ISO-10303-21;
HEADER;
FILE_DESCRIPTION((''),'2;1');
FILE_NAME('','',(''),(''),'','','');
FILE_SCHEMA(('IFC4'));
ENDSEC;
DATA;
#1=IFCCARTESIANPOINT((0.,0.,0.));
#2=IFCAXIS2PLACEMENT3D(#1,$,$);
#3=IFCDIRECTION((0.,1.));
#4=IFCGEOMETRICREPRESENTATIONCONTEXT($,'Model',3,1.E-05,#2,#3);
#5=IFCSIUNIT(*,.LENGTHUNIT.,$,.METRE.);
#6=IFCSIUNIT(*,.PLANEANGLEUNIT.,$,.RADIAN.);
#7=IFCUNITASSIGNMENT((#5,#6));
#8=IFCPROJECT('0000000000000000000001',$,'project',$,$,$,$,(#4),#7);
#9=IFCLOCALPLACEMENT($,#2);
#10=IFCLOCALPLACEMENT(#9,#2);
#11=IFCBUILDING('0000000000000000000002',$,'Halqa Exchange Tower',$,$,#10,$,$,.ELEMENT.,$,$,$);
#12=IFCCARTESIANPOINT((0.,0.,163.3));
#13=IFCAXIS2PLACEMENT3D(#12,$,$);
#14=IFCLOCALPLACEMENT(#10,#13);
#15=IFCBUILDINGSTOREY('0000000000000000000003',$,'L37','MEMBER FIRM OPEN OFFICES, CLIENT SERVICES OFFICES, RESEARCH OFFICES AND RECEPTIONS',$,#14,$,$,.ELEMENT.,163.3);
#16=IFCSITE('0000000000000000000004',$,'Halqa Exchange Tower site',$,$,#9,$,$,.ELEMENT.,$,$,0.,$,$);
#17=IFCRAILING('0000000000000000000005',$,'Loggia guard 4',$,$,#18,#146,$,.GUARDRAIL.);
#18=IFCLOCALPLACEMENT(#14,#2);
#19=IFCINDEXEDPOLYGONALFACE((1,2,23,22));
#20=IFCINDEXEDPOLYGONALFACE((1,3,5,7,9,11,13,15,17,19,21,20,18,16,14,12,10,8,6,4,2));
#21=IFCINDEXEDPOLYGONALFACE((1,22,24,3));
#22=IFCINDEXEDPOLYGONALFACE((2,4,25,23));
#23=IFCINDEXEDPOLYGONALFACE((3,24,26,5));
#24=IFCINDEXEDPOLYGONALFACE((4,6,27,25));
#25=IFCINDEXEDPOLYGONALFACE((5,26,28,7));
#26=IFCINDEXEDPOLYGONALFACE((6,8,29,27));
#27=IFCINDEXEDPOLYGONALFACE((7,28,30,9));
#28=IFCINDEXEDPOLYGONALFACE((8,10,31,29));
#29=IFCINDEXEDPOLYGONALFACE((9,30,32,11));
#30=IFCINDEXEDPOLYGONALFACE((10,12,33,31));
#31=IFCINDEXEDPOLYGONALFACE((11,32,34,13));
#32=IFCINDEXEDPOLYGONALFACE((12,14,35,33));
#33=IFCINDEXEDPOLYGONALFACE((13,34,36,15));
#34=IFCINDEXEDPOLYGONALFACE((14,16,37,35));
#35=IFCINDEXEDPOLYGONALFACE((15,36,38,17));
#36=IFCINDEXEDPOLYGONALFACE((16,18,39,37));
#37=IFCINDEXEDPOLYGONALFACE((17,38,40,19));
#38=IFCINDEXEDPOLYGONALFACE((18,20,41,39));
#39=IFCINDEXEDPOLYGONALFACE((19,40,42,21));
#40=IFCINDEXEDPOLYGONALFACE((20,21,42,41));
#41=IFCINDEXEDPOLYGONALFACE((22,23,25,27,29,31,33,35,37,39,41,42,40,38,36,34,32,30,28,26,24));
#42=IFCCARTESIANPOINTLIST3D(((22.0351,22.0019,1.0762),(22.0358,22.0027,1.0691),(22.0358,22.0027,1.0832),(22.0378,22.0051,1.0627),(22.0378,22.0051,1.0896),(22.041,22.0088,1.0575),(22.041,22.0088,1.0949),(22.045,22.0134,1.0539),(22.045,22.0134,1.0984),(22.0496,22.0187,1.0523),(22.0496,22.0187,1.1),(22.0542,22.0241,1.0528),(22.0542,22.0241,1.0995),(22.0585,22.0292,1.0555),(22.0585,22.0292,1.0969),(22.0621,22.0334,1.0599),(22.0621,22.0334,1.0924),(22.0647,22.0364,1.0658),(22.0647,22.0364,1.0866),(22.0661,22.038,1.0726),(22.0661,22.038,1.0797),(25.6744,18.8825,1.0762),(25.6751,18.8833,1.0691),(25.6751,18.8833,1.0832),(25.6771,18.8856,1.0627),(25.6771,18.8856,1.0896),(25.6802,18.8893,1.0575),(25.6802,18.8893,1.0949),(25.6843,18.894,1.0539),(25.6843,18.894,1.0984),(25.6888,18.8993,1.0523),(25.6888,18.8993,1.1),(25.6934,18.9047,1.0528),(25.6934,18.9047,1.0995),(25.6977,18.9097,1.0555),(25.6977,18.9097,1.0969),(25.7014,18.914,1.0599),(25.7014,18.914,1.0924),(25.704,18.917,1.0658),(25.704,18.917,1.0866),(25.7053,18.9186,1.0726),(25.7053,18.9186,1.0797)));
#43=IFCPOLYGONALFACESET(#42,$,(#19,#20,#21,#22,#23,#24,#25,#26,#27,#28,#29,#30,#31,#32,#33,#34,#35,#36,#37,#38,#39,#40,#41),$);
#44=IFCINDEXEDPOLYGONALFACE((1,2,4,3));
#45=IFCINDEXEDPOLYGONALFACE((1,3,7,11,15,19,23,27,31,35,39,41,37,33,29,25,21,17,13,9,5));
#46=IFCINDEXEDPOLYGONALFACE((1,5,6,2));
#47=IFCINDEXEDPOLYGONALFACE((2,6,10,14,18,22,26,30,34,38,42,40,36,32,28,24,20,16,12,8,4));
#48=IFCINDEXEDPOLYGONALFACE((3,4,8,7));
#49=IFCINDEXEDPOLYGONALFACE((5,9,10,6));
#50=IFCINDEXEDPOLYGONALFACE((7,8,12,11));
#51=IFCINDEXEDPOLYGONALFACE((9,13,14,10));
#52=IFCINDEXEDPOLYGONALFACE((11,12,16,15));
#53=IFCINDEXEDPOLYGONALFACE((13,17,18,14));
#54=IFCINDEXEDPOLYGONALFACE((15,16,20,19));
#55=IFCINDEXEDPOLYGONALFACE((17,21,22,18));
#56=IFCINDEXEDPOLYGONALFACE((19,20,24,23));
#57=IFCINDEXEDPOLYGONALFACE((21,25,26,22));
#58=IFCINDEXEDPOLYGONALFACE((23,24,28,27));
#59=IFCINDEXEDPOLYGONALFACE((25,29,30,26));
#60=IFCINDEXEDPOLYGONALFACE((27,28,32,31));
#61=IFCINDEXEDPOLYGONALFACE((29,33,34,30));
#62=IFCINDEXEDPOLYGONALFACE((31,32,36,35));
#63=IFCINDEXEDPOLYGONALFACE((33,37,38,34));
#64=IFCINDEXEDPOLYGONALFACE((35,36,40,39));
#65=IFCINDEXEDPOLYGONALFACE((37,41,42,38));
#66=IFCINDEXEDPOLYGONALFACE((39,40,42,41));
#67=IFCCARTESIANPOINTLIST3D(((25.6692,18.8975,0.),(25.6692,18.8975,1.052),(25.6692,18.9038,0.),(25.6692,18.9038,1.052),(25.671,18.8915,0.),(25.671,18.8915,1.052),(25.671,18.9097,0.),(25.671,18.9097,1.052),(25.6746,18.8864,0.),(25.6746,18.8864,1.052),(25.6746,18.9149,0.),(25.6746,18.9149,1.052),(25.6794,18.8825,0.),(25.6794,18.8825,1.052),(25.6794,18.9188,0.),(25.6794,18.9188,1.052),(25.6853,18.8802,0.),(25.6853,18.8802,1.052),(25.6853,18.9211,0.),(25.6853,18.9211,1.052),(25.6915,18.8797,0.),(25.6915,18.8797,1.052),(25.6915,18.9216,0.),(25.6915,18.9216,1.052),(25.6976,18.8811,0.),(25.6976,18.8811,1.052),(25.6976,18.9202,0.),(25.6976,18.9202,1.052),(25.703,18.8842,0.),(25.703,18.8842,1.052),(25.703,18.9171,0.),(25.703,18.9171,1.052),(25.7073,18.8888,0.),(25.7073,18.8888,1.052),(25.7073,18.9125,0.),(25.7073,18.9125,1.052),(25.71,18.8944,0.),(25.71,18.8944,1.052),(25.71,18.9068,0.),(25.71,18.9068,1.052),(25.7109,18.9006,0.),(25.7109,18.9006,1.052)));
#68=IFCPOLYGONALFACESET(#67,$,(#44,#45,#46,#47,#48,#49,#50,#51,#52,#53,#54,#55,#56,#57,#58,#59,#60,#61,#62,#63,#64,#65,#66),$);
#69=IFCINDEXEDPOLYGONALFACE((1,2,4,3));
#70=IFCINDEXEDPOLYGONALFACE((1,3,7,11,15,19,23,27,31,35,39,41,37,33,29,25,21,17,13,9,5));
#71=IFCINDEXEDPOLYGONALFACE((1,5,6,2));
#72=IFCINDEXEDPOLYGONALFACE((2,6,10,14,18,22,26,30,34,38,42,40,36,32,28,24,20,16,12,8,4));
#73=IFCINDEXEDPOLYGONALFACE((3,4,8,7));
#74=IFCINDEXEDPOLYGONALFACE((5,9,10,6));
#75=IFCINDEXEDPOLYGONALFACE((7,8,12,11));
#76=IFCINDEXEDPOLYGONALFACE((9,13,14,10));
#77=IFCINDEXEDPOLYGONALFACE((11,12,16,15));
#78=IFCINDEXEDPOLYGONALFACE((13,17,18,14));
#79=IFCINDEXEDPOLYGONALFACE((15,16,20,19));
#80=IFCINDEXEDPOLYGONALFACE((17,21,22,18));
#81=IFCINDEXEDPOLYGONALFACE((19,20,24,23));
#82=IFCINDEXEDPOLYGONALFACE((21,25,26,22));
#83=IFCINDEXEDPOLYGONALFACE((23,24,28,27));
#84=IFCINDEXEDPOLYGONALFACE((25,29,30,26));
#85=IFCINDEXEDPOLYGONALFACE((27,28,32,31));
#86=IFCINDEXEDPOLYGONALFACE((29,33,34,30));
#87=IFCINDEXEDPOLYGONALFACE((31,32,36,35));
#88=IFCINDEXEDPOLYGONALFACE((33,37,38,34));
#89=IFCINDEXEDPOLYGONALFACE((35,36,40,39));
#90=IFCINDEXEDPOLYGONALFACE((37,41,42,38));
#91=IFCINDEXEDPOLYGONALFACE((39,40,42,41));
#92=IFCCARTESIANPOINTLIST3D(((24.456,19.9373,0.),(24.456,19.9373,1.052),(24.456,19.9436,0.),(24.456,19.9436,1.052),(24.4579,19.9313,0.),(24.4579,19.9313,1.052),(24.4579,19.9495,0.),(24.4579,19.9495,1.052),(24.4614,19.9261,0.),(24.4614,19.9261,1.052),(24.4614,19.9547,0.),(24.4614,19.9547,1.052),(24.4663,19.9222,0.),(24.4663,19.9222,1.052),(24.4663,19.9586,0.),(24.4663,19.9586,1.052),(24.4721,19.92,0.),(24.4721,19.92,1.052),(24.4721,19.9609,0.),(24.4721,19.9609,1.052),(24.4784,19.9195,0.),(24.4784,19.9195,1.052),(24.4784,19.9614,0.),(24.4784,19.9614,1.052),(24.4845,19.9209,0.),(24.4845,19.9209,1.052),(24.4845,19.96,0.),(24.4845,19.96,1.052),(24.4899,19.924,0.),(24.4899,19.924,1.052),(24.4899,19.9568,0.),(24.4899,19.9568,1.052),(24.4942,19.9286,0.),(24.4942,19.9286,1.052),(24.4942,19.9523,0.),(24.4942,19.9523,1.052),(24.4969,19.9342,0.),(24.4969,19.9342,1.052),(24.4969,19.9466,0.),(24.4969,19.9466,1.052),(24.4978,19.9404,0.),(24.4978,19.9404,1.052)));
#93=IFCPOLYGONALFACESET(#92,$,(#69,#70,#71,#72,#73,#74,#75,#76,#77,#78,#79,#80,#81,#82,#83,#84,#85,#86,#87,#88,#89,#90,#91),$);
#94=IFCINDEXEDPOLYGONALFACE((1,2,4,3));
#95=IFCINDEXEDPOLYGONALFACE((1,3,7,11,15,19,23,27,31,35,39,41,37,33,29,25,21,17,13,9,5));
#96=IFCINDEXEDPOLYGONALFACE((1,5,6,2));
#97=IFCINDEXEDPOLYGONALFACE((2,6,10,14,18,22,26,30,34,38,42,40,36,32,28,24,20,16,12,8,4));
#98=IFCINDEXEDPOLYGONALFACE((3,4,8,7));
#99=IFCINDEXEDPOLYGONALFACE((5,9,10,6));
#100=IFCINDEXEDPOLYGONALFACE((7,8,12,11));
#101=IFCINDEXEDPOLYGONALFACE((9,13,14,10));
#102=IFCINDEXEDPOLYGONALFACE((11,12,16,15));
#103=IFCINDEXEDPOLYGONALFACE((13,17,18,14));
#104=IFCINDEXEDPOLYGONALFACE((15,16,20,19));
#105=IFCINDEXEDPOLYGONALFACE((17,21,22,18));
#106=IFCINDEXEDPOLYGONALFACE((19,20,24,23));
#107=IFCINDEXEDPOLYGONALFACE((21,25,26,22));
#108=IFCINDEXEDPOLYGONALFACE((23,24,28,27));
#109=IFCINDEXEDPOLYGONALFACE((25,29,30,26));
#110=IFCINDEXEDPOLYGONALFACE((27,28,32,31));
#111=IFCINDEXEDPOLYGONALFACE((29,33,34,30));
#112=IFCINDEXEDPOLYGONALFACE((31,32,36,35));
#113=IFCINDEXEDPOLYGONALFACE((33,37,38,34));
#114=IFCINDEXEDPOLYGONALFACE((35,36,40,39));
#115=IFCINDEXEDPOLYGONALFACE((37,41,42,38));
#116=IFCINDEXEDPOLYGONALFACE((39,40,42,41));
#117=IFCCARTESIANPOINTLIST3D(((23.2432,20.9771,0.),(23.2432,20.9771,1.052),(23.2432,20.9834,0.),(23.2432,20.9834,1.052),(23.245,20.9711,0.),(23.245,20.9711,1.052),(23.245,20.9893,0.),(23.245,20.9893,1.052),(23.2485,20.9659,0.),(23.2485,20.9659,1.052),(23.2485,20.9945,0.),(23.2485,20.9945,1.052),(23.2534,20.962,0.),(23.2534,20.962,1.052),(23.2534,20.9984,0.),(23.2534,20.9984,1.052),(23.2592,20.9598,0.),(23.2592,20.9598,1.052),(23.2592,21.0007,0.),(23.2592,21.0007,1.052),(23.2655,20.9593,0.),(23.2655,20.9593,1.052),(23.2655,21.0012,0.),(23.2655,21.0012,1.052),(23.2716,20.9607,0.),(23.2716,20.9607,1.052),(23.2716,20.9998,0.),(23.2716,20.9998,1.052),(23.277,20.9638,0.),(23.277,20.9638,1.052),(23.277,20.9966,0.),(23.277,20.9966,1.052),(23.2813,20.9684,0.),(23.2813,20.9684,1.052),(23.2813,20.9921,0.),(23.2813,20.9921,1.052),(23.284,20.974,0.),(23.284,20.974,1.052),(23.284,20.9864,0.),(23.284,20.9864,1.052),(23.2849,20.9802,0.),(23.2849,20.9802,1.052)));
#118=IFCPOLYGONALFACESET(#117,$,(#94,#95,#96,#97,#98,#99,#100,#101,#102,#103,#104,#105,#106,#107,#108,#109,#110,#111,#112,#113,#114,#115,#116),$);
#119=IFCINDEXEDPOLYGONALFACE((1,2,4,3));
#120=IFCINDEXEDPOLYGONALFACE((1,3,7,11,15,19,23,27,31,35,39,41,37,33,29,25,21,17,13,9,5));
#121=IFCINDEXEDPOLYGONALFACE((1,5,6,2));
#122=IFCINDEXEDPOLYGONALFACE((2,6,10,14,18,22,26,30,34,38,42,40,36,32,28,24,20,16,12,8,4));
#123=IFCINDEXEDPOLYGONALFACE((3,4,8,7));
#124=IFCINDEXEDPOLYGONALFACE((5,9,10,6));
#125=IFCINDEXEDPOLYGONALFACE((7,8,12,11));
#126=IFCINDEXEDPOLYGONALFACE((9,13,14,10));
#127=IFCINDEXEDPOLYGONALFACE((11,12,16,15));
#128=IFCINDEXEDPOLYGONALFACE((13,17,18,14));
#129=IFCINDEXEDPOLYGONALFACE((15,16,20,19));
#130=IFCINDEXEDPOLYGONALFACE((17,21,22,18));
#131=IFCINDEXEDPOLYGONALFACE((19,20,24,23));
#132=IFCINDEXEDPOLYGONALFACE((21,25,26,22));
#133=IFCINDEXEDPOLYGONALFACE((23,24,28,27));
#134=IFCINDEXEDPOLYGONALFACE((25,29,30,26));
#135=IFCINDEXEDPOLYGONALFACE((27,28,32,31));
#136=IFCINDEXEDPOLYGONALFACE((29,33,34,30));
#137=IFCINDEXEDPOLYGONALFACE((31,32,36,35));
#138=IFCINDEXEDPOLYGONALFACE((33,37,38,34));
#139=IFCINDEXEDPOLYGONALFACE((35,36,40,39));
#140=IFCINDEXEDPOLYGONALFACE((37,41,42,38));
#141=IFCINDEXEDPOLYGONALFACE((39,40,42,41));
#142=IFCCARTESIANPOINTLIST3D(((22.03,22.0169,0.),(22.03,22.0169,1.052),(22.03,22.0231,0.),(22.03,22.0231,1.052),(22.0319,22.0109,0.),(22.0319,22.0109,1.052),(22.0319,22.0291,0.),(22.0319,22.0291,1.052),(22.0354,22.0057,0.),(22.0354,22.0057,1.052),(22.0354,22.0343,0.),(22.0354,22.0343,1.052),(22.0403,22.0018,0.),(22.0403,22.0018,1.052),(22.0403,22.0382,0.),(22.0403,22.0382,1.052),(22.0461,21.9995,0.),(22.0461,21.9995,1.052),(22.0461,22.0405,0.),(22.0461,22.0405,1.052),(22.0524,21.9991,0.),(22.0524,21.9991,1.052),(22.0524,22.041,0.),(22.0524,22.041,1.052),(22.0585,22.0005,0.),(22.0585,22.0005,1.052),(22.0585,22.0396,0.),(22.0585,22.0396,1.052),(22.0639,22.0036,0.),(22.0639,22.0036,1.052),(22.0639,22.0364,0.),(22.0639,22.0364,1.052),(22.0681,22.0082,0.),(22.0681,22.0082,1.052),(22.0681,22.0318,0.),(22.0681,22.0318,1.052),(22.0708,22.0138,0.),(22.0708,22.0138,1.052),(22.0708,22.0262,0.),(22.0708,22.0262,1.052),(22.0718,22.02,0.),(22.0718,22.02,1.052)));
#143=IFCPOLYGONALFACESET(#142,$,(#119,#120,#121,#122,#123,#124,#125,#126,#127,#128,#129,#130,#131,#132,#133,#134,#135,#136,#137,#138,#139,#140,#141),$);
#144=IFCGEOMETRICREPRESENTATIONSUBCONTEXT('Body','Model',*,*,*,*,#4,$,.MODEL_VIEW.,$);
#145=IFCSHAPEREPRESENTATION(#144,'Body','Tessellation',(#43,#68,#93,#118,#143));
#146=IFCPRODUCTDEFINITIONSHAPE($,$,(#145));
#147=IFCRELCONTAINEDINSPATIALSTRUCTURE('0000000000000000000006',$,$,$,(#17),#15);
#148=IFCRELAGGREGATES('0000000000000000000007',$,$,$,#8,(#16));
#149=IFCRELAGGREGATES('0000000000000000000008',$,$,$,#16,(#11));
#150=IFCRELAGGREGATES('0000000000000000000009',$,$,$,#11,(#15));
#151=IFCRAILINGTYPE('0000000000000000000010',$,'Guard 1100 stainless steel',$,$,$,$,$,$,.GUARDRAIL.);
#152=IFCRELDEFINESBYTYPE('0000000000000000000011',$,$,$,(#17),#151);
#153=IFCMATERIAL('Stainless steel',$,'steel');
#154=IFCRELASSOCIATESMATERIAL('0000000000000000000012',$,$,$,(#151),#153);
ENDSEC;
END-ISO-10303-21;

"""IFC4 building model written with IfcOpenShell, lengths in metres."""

from ifc_helpers import new_model, si_unit, direction, frame, origin, origin_2d, place, context, subcontext, project, spatial, circle, extrude, material, type_object, element, save


model = new_model("IFC4")

# Units and contexts
model_context = context("Model", 3, precision=1e-05, world=origin(), true_north=direction((0.0, 1.0)))
body_context = subcontext(model_context, "Body", "Model", "MODEL_VIEW")
ifc_project = project(units=[si_unit("LENGTHUNIT", "METRE"), si_unit("PLANEANGLEUNIT", "RADIAN")], contexts=[model_context])

# Site, building, storey
site_placement = place(None, origin())
site = spatial("IfcSite", under=ifc_project, at=site_placement, Name="Halqa Exchange Tower site", CompositionType="ELEMENT", RefElevation=0.0)
building_placement = place(site_placement, origin())
building = spatial("IfcBuilding", under=site, at=building_placement, Name="Halqa Exchange Tower", CompositionType="ELEMENT")
storey_placement = place(building_placement, frame((0.0, 0.0, 163.3)))
storey = spatial("IfcBuildingStorey", under=building, at=storey_placement, Name="L37", Description="MEMBER FIRM OPEN OFFICES, CLIENT SERVICES OFFICES, RESEARCH OFFICES AND RECEPTIONS", CompositionType="ELEMENT", Elevation=163.3)

# Railing
ifc_material_1 = material(Name="Stainless steel", Category="steel")
railing_type = type_object("IfcRailingType", Name="Guard 1100 stainless steel", PredefinedType="GUARDRAIL", material=ifc_material_1)
railing_1_placement = place(storey_placement, frame((25.6899, 18.9006, 0.0)))
element("IfcRailing", 1, at=railing_1_placement, inside=storey, type_object=railing_type, Name="Loggia guard 4", PredefinedType="GUARDRAIL", context=body_context, shape_type="SweptSolid", body=[
    extrude(circle(Radius=0.0239, at=origin_2d()), frame((0.0, 0.0, 1.0762), z_axis=(-0.759246, 0.650804, 0.0), x_axis=(-0.650804, -0.759246, 0.0)), (0.0, 0.0, 1.0), 4.7932),
    extrude(circle(Radius=0.021, at=origin_2d()), origin(), (0.0, 0.0, 1.0), 1.052),
    extrude(circle(Radius=0.021, at=origin_2d()), frame((-1.2131, 1.0398, 0.0)), (0.0, 0.0, 1.0), 1.052),
    extrude(circle(Radius=0.021, at=origin_2d()), frame((-2.426, 2.0796, 0.0)), (0.0, 0.0, 1.0), 1.052),
    extrude(circle(Radius=0.021, at=origin_2d()), frame((-3.6392, 3.1194, 0.0)), (0.0, 0.0, 1.0), 1.052),
])

save(model, "model.ifc")
